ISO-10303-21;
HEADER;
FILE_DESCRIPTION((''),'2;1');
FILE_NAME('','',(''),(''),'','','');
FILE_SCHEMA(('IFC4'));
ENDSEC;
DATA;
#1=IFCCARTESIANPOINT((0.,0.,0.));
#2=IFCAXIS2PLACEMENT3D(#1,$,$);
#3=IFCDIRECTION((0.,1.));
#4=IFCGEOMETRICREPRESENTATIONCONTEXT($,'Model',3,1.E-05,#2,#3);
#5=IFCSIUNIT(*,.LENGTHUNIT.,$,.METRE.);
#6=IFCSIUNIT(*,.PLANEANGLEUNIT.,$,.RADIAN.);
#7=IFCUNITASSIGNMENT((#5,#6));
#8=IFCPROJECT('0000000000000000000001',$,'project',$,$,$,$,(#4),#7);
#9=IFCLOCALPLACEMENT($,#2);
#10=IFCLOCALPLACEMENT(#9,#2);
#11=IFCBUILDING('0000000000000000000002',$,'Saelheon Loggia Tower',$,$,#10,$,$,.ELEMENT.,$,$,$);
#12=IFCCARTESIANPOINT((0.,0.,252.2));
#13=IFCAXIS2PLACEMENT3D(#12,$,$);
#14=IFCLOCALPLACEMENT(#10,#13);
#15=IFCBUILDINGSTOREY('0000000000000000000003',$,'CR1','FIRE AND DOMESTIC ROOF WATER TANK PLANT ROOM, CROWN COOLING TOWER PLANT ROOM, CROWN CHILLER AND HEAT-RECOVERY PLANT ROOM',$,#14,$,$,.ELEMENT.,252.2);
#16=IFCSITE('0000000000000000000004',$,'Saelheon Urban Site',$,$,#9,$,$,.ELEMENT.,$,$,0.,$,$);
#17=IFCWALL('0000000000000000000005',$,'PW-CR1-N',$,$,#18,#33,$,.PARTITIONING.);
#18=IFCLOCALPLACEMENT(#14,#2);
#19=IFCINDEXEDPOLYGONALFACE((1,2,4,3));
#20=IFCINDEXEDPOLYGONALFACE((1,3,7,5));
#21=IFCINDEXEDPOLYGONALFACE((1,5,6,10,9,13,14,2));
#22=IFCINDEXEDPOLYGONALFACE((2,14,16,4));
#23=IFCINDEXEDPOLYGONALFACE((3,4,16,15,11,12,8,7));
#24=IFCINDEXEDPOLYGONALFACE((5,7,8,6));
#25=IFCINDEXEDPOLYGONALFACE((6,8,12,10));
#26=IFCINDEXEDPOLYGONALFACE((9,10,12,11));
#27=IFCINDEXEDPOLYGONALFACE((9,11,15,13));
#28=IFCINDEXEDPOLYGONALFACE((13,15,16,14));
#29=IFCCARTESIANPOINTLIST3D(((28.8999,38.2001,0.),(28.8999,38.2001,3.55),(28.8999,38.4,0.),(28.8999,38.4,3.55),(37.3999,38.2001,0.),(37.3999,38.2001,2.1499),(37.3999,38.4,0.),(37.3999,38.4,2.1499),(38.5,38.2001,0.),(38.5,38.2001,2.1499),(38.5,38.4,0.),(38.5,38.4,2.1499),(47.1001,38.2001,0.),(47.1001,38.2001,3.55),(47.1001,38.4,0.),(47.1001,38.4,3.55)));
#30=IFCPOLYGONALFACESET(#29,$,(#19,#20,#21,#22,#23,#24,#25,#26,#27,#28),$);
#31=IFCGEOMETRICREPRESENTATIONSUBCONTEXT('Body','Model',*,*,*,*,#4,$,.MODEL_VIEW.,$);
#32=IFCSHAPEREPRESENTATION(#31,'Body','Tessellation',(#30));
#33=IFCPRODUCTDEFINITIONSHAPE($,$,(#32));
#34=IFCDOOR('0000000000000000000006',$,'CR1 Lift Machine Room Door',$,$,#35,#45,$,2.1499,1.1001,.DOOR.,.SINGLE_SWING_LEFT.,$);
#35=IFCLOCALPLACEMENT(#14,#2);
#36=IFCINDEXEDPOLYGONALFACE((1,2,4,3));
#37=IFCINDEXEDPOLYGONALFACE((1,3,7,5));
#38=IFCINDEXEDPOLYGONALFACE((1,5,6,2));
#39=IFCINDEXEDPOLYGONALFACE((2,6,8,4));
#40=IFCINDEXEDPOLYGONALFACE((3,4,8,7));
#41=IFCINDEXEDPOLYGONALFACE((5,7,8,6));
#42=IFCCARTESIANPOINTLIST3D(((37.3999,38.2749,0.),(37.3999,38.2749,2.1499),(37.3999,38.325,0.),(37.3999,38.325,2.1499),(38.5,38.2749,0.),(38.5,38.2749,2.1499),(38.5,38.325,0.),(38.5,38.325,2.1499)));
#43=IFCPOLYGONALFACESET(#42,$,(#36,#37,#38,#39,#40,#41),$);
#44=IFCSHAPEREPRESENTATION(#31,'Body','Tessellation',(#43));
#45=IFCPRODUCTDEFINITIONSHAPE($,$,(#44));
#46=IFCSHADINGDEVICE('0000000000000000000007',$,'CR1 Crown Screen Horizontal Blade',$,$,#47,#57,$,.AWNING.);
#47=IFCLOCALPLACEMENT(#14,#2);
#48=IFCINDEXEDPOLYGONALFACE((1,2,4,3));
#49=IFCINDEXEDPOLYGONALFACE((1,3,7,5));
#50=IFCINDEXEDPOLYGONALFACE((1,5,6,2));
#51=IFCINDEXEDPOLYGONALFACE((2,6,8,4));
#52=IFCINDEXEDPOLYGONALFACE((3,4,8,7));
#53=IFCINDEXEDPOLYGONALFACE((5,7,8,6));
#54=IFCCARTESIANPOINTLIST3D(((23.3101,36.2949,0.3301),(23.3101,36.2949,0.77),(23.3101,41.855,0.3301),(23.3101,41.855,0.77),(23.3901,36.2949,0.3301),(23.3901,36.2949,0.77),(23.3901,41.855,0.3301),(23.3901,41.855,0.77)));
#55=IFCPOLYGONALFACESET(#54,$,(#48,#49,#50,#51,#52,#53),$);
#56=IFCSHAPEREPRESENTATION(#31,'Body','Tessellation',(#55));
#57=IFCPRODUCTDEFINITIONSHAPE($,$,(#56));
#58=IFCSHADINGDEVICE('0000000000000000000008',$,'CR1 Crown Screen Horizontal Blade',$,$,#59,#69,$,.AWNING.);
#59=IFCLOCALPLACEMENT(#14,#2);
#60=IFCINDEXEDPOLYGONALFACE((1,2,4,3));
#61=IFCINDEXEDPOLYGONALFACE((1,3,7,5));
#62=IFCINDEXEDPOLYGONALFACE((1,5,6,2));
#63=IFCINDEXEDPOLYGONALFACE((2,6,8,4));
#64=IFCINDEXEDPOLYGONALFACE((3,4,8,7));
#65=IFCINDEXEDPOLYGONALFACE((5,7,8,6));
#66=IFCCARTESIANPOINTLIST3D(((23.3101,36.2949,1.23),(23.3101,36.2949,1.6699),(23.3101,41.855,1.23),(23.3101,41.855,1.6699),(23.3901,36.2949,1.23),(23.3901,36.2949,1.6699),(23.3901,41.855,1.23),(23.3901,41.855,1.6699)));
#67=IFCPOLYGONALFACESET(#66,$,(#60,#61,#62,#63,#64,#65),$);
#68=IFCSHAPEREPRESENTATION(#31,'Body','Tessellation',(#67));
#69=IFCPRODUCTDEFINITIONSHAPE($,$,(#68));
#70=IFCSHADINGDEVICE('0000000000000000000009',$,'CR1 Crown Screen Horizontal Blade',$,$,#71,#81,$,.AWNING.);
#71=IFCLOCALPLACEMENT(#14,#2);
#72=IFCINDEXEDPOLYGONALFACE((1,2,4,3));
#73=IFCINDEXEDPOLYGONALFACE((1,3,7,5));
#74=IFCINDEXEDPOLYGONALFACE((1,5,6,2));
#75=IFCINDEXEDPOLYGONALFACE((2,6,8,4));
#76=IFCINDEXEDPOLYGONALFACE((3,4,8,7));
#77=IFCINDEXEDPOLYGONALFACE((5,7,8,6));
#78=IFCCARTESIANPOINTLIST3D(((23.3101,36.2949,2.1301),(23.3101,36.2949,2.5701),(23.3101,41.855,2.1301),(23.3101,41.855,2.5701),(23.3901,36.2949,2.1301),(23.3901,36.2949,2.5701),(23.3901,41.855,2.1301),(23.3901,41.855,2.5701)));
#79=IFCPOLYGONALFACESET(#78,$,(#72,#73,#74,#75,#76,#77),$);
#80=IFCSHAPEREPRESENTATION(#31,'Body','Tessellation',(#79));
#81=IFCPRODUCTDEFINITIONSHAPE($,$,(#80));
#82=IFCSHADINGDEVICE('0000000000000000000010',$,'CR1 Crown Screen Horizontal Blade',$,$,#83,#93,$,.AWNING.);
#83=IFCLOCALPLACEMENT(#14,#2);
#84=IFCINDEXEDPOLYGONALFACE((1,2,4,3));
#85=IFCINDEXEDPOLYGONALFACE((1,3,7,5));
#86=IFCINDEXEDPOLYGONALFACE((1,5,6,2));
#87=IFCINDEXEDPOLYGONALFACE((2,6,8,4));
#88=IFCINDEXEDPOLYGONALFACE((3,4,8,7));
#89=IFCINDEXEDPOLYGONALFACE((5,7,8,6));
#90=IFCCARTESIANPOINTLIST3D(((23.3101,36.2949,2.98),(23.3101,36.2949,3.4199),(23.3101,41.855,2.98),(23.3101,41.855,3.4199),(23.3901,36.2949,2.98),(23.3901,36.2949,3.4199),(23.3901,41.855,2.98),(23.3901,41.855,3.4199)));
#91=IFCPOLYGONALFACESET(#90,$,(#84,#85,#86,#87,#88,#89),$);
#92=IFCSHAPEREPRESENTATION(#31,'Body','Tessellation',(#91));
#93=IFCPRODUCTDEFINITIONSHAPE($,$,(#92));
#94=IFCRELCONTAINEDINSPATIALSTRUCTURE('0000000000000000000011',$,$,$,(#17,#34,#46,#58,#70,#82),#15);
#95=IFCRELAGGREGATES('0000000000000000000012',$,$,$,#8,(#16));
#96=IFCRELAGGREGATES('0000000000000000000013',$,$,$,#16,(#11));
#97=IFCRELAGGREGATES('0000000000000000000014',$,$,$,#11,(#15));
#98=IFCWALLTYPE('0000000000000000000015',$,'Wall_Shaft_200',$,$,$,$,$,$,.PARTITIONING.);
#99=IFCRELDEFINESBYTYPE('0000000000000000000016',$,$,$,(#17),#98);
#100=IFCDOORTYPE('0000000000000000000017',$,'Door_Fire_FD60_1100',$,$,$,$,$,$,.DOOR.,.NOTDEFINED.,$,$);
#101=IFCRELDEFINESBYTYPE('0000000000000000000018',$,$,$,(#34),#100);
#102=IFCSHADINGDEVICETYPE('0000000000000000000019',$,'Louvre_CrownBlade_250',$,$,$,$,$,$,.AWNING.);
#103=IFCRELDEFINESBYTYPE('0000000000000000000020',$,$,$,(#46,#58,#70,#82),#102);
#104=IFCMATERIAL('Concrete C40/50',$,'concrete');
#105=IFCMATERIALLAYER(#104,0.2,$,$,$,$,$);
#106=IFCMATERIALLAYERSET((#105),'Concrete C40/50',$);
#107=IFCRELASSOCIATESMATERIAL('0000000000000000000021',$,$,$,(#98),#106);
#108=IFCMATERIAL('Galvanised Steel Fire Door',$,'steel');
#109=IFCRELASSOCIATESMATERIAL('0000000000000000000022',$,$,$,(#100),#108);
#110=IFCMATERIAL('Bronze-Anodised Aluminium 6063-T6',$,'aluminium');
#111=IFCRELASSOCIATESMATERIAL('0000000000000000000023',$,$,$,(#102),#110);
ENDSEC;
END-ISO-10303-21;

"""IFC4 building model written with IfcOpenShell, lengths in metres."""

from ifc_helpers import new_model, si_unit, direction, frame, frame_2d, origin, origin_2d, place, context, subcontext, project, spatial, rectangle, extrude, source, transform, mapped, material, layer, layer_set, material_profile, profile_set, type_object, element, fill, save


model = new_model("IFC4")

# Units and contexts
model_context = context("Model", 3, precision=1e-05, world=origin(), true_north=direction((0.0, 1.0)))
body_context = subcontext(model_context, "Body", "Model", "MODEL_VIEW")
ifc_project = project(units=[si_unit("LENGTHUNIT", "METRE"), si_unit("PLANEANGLEUNIT", "RADIAN")], contexts=[model_context])

# Site, building, storey
site_placement = place(None, origin())
site = spatial("IfcSite", under=ifc_project, at=site_placement, Name="Saelheon Urban Site", CompositionType="ELEMENT", RefElevation=0.0)
building_placement = place(site_placement, origin())
building = spatial("IfcBuilding", under=site, at=building_placement, Name="Saelheon Loggia Tower", CompositionType="ELEMENT")
storey_placement = place(building_placement, frame((0.0, 0.0, 252.2)))
storey = spatial("IfcBuildingStorey", under=building, at=storey_placement, Name="CR1", Description="FIRE AND DOMESTIC ROOF WATER TANK PLANT ROOM, CROWN COOLING TOWER PLANT ROOM, CROWN CHILLER AND HEAT-RECOVERY PLANT ROOM", CompositionType="ELEMENT", Elevation=252.2)

# Shared definitions
ifc_material_1 = material(Name="Bronze-Anodised Aluminium 6063-T6", Category="aluminium")

# Wall, opening, door
ifc_material_2 = material(Name="Concrete C40/50", Category="concrete")
ifc_layer_1 = layer(ifc_material_2, 0.2)
ifc_layer_set_1 = layer_set([ifc_layer_1], Name="Concrete C40/50")
wall_type_1 = type_object("IfcWallType", Name="Wall_Shaft_200", PredefinedType="PARTITIONING", material=ifc_layer_set_1)
wall_1_placement = place(storey_placement, frame((28.8999, 38.3, 0.0), z_axis=(0.0, 0.0, 1.0), x_axis=(1.0, 0.0, 0.0)))
wall_1 = element("IfcWall", 1, at=wall_1_placement, inside=storey, type_object=wall_type_1, Name="PW-CR1-N", PredefinedType="PARTITIONING", context=body_context, shape_type="SweptSolid", body=[
    extrude(rectangle(XDim=18.2002, YDim=0.2, at=frame_2d((9.1001, 0.0))), origin(), (0.0, 0.0, 1.0), 3.55),
])
opening_1_placement = place(wall_1_placement, frame((8.5, 0.0, 0.0)))
opening_1 = element("IfcOpeningElement", 2, at=opening_1_placement, cuts=wall_1, PredefinedType="OPENING", context=body_context, shape_type="SweptSolid", body=[
    extrude(rectangle(XDim=1.1001, YDim=2.1499, at=frame_2d((0.55, 1.075))), frame((0.0, 0.1121, 0.0), z_axis=(0.0, -1.0, 0.0), x_axis=(1.0, 0.0, 0.0)), (0.0, 0.0, 1.0), 0.2239),
])
ifc_material_3 = material(Name="Galvanised Steel Fire Door", Category="steel")
door_type_1 = type_object("IfcDoorType", Name="Door_Fire_FD60_1100", OperationType="NOTDEFINED", PredefinedType="DOOR", material=ifc_material_3)
shared_shape_1 = source(origin(), body_context, "Body", "SweptSolid", [
    extrude(rectangle(XDim=1.1001, YDim=2.1499, at=frame_2d((0.55, 1.075))), frame((0.0, 0.0249, 0.0), z_axis=(0.0, -1.0, 0.0), x_axis=(1.0, 0.0, 0.0)), (0.0, 0.0, 1.0), 0.05),
])
door_1_placement = place(opening_1_placement, origin())
door_1 = element("IfcDoor", 3, at=door_1_placement, inside=storey, type_object=door_type_1, Name="CR1 Lift Machine Room Door", OperationType="SINGLE_SWING_LEFT", OverallHeight=2.1499, OverallWidth=1.1001, PredefinedType="DOOR", context=body_context, shape_type="MappedRepresentation", body=[
    mapped(shared_shape_1, transform((0.0, 0.0, 0.0), scale=1.0)),
])
fill(opening_1, door_1)

# Shading devices
ifc_material_profile_1 = material_profile(ifc_material_1, rectangle(XDim=0.0801, YDim=0.4399, at=origin_2d()), Name="Louvre_CrownBlade_250")
ifc_profile_set_1 = profile_set([ifc_material_profile_1], Name="Bronze-Anodised Aluminium 6063-T6")
shading_device_type = type_object("IfcShadingDeviceType", Name="Louvre_CrownBlade_250", PredefinedType="AWNING", material=ifc_profile_set_1)
shared_shape_2 = source(origin(), body_context, "Body", "SweptSolid", [
    extrude(rectangle(XDim=0.0801, YDim=0.4399, at=origin_2d()), origin(), (0.0, 0.0, 1.0), 5.5601),
])
for number, where, z_axis, x_axis, name in (
    (4, (23.3501, 41.855, 0.55), (0.0, -1.0, 0.0), (1.0, 0.0, 0.0), "CR1 Crown Screen Horizontal Blade"),
    (5, (23.3501, 41.855, 1.45), (0.0, -1.0, 0.0), (1.0, 0.0, 0.0), "CR1 Crown Screen Horizontal Blade"),
    (6, (23.3501, 41.855, 2.3501), (0.0, -1.0, 0.0), (1.0, 0.0, 0.0), "CR1 Crown Screen Horizontal Blade"),
    (7, (23.3501, 41.855, 3.2), (0.0, -1.0, 0.0), (1.0, 0.0, 0.0), "CR1 Crown Screen Horizontal Blade"),
):
    element("IfcShadingDevice", number, at=place(storey_placement, frame(where, z_axis=z_axis, x_axis=x_axis)), inside=storey, type_object=shading_device_type, Name=name, PredefinedType="AWNING", context=body_context, shape_type="MappedRepresentation", body=[
        mapped(shared_shape_2, transform((0.0, 0.0, 0.0), scale=1.0)),
    ])

save(model, "model.ifc")
